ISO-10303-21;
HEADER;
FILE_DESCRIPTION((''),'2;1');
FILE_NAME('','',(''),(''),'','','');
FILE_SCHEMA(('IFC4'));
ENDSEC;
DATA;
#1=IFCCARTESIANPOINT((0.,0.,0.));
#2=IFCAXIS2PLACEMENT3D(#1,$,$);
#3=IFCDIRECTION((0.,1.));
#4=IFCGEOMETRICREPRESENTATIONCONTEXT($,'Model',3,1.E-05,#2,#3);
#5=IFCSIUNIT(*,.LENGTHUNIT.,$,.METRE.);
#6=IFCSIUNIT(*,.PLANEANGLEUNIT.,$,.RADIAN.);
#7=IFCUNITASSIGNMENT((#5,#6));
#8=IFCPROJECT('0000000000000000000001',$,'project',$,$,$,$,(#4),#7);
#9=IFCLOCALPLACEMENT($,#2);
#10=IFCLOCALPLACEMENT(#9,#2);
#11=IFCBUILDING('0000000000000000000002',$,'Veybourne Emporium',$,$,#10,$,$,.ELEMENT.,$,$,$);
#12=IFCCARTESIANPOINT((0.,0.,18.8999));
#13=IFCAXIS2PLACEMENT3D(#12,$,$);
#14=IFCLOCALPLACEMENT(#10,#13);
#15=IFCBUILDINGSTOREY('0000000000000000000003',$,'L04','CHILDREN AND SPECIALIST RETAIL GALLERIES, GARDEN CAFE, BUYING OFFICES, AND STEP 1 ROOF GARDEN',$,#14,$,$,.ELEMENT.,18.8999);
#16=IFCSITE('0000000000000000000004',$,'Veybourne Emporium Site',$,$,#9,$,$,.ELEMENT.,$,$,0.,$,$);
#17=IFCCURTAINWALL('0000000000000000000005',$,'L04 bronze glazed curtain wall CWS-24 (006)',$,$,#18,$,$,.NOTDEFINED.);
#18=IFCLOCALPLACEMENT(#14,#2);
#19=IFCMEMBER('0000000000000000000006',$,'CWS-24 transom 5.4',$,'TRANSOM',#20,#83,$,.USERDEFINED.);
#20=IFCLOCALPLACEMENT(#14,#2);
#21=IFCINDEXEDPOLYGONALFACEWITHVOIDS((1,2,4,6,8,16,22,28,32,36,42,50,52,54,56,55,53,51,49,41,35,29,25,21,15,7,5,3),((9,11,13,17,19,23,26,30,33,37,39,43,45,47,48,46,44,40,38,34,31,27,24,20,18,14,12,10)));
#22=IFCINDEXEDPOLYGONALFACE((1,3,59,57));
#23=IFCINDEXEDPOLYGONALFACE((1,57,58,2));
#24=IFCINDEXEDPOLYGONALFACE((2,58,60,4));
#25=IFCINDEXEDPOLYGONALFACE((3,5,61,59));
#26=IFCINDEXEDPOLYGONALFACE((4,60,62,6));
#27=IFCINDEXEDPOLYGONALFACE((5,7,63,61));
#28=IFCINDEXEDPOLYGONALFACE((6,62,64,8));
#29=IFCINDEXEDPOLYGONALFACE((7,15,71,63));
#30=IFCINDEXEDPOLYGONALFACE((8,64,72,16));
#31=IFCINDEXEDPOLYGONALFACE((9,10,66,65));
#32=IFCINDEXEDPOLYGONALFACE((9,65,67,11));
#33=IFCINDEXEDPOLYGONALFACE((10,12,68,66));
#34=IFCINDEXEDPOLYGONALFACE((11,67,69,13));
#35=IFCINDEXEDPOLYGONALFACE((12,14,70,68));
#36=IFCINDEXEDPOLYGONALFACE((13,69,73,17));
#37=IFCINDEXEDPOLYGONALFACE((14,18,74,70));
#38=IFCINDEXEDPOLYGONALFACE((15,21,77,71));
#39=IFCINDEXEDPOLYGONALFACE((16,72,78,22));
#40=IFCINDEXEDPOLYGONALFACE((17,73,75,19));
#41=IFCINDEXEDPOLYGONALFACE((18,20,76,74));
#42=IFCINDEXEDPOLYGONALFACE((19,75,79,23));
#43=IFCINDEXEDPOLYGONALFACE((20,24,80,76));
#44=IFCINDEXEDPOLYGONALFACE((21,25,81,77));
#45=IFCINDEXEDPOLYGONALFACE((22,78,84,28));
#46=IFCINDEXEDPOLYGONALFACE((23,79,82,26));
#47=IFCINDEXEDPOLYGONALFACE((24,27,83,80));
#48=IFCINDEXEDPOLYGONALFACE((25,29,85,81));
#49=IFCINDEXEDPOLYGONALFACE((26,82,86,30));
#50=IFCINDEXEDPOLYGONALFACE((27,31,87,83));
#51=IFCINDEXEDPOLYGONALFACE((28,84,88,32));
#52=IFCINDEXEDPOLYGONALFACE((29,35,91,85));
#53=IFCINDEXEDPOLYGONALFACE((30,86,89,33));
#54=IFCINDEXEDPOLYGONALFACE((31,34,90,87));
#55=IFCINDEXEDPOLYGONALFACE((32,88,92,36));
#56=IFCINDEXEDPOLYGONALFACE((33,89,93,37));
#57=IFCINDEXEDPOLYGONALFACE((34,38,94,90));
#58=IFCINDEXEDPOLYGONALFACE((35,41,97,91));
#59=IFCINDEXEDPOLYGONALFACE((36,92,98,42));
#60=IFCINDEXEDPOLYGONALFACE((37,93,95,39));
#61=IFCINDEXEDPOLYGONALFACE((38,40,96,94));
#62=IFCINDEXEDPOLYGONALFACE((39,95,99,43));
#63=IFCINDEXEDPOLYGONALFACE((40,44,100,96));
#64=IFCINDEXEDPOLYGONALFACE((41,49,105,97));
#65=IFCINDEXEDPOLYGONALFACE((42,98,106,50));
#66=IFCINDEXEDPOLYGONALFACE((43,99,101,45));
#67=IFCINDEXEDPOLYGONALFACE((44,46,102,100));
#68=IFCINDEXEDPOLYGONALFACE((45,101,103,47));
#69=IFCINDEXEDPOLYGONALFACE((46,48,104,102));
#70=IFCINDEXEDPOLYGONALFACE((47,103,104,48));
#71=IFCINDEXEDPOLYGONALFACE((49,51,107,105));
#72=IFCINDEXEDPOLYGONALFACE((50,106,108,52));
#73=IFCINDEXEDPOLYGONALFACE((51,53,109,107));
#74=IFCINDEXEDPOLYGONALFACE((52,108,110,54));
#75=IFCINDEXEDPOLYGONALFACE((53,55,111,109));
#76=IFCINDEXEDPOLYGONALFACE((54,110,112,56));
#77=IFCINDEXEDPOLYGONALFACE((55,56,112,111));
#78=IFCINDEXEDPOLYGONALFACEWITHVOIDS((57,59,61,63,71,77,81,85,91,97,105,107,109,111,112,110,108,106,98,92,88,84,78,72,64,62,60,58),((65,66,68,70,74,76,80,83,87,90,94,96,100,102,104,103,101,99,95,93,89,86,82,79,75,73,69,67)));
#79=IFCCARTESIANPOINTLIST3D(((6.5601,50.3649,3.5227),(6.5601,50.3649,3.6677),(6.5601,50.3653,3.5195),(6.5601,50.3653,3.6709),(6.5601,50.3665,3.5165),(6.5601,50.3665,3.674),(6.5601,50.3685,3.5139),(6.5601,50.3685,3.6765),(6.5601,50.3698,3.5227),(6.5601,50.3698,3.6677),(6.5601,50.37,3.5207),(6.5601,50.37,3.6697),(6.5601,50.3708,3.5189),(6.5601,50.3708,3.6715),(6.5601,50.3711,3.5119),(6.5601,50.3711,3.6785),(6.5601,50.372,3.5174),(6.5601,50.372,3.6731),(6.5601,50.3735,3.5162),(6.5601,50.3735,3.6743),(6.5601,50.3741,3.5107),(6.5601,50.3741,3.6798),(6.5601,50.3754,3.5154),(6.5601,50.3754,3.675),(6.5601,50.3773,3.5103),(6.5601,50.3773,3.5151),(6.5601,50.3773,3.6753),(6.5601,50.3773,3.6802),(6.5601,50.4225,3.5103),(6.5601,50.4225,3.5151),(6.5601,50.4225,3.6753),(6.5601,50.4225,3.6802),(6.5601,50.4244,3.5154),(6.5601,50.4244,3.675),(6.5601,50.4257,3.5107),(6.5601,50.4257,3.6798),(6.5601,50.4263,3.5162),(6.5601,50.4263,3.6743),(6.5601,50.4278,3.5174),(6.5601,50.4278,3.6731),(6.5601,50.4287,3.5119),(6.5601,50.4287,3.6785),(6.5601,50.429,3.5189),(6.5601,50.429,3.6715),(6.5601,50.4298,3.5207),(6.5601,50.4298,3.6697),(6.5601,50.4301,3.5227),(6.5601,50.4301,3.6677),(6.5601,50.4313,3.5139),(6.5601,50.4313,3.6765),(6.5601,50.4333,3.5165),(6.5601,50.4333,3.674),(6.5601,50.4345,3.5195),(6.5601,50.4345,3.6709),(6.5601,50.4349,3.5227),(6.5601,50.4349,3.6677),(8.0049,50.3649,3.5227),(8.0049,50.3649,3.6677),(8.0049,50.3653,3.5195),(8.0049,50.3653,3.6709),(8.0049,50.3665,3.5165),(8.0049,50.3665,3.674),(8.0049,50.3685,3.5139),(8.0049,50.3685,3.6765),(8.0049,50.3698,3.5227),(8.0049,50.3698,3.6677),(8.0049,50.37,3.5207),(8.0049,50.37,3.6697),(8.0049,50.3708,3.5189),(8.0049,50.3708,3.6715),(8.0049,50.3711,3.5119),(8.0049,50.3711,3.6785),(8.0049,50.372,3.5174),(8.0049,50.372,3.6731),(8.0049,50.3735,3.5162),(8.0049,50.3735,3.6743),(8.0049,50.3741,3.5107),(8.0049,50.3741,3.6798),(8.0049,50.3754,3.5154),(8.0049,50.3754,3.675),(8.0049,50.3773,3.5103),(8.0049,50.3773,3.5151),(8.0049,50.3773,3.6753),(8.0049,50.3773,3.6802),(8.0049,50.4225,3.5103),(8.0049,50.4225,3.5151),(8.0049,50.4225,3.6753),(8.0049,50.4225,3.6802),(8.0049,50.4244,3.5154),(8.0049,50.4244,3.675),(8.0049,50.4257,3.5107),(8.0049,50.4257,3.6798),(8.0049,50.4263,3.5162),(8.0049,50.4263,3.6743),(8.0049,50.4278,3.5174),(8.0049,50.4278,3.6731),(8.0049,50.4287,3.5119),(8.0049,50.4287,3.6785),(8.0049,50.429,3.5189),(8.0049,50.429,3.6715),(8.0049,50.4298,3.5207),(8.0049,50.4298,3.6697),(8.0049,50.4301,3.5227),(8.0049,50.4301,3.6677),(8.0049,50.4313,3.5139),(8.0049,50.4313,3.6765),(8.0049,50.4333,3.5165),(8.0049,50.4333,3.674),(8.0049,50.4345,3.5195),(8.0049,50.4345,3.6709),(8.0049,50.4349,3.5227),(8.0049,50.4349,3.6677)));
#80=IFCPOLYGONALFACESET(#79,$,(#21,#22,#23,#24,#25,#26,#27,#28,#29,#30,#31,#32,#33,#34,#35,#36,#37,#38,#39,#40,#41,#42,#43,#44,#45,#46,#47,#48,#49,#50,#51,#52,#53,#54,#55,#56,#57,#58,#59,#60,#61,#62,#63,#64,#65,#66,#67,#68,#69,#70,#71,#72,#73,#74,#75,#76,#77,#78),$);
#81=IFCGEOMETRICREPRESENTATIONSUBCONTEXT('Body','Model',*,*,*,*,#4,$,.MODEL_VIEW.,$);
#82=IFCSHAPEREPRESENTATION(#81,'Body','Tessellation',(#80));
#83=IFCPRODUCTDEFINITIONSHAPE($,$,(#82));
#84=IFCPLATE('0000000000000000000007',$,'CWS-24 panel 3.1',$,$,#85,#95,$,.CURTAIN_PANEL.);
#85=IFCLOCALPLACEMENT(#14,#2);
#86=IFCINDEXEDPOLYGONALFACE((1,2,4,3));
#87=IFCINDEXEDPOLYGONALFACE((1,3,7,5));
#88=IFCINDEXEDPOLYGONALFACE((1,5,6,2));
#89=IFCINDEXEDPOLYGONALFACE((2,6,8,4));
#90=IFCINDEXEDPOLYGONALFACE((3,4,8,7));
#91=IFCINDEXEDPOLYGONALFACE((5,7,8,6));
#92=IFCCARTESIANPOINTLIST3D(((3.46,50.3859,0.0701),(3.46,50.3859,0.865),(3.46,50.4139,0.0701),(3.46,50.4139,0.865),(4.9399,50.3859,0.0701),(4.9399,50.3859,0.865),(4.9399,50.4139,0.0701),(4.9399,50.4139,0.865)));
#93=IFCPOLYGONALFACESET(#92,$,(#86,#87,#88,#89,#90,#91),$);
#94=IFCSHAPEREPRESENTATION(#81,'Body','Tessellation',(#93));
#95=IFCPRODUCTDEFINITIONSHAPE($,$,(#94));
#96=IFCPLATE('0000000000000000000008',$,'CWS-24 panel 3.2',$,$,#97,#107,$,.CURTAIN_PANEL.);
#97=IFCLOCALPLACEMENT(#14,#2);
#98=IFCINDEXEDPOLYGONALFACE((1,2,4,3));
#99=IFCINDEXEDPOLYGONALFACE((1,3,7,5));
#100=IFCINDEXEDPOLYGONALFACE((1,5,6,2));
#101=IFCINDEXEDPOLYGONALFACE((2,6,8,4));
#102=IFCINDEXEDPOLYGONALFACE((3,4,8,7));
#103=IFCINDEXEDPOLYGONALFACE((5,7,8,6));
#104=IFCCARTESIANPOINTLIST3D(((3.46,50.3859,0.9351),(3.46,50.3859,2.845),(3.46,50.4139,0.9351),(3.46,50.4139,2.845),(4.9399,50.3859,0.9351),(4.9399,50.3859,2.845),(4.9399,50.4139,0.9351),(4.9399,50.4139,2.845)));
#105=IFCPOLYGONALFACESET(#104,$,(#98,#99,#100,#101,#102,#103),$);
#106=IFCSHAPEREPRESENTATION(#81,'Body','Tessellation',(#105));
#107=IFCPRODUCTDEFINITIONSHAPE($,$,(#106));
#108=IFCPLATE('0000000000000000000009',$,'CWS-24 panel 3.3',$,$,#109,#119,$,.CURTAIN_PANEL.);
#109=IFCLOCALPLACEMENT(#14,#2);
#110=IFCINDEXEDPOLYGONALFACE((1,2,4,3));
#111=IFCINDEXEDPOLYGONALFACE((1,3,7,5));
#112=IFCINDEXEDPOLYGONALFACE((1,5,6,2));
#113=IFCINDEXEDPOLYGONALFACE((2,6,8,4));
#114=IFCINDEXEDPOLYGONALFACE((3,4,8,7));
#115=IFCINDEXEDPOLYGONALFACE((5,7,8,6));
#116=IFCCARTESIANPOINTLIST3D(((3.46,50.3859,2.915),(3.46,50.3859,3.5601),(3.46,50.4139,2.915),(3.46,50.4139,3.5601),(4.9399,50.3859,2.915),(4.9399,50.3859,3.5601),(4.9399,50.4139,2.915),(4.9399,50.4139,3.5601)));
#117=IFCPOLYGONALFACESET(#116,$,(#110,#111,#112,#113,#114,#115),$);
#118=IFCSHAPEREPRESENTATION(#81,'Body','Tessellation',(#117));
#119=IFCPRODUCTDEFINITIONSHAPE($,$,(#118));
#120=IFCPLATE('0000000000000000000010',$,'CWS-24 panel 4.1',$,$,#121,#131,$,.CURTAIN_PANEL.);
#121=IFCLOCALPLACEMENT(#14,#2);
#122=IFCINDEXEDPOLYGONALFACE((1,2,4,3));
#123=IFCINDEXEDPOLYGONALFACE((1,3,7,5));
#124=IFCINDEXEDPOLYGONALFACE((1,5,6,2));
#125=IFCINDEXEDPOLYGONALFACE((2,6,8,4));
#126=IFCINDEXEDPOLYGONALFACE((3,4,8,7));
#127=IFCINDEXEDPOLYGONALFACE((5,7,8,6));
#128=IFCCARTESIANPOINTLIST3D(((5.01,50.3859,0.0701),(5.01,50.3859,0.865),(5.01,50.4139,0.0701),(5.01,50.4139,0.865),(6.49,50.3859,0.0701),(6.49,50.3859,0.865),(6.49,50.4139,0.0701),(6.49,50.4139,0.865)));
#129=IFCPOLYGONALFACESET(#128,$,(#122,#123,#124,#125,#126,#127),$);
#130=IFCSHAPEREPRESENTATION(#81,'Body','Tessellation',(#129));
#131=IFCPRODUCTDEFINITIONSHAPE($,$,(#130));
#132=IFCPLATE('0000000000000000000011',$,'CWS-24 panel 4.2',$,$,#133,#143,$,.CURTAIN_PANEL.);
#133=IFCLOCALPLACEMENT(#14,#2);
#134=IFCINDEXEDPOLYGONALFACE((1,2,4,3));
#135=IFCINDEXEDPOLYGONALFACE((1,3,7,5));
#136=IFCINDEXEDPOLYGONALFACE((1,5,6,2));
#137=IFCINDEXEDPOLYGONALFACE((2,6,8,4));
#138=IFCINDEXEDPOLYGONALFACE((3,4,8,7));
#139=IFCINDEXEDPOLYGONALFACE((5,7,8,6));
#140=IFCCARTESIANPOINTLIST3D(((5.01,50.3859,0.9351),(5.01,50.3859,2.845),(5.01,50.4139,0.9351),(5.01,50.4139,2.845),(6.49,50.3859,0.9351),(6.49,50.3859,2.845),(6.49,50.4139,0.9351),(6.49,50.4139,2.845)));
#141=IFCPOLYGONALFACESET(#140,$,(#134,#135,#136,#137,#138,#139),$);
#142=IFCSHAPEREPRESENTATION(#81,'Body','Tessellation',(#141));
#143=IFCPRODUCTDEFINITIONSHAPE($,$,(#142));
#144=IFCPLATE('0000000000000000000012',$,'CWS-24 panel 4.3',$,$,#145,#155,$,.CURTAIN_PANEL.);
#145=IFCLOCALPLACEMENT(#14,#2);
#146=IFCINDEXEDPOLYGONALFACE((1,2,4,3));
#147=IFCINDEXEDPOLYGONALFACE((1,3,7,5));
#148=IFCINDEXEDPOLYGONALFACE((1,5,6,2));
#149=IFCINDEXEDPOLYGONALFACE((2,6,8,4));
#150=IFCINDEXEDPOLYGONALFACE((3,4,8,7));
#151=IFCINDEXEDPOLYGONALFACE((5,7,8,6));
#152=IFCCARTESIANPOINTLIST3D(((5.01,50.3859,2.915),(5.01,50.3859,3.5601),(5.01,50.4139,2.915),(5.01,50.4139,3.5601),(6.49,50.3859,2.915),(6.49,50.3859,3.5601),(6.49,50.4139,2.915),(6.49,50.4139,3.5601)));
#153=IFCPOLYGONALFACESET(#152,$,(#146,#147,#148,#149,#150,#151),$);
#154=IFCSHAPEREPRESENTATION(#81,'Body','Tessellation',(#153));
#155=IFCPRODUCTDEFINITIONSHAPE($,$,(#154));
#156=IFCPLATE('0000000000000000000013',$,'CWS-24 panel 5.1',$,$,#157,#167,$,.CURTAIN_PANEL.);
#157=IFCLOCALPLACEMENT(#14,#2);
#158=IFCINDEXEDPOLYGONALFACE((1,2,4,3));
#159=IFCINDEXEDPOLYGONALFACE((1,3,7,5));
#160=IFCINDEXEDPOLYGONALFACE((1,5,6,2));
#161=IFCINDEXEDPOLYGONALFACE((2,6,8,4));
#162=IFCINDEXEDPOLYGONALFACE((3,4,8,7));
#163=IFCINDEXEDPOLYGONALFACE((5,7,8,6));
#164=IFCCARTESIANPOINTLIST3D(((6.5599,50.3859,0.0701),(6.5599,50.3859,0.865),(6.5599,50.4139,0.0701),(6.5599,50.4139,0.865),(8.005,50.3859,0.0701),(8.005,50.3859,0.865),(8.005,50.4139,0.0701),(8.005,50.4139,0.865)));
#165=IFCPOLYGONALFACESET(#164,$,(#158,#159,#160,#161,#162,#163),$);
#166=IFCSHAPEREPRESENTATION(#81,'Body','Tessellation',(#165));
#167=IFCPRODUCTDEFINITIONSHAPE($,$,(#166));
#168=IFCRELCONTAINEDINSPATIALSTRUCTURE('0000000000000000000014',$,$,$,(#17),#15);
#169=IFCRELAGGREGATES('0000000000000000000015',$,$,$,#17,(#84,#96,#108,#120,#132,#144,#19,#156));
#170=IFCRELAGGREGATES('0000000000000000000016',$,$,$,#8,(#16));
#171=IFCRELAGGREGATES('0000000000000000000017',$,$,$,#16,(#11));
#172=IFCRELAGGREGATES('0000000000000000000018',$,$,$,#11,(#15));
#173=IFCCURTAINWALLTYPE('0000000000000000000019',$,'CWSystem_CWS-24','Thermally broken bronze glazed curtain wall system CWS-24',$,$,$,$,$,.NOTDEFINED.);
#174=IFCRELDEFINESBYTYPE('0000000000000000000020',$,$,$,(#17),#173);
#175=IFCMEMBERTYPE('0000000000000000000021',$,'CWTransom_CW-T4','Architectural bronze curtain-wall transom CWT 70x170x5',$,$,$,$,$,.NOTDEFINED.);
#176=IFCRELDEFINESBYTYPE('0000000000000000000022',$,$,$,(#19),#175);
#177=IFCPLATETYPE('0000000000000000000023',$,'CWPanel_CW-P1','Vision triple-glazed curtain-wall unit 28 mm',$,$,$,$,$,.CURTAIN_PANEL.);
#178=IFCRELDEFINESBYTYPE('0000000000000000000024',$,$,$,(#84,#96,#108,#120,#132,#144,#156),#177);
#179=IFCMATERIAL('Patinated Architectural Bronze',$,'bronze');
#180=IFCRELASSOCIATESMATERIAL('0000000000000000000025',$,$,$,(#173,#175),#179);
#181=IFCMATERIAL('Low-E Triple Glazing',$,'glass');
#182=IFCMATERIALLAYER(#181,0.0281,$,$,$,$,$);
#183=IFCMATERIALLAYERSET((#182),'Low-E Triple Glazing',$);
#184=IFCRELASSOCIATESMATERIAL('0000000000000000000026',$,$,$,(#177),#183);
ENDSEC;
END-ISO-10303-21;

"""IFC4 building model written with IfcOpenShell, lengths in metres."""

from ifc_helpers import new_model, si_unit, direction, frame, origin, origin_2d, place, context, subcontext, project, spatial, rectangle, hollow_rectangle, extrude, material, layer, layer_set, material_profile, profile_set, type_object, element, aggregate, save


model = new_model("IFC4")

# Units and contexts
model_context = context("Model", 3, precision=1e-05, world=origin(), true_north=direction((0.0, 1.0)))
body_context = subcontext(model_context, "Body", "Model", "MODEL_VIEW")
ifc_project = project(units=[si_unit("LENGTHUNIT", "METRE"), si_unit("PLANEANGLEUNIT", "RADIAN")], contexts=[model_context])

# Site, building, storey
site_placement = place(None, origin())
site = spatial("IfcSite", under=ifc_project, at=site_placement, Name="Veybourne Emporium Site", CompositionType="ELEMENT", RefElevation=0.0)
building_placement = place(site_placement, origin())
building = spatial("IfcBuilding", under=site, at=building_placement, Name="Veybourne Emporium", CompositionType="ELEMENT")
storey_placement = place(building_placement, frame((0.0, 0.0, 18.8999)))
storey = spatial("IfcBuildingStorey", under=building, at=storey_placement, Name="L04", Description="CHILDREN AND SPECIALIST RETAIL GALLERIES, GARDEN CAFE, BUYING OFFICES, AND STEP 1 ROOF GARDEN", CompositionType="ELEMENT", Elevation=18.8999)

# Curtain wall, member, plates
ifc_material_1 = material(Name="Patinated Architectural Bronze", Category="bronze")
curtain_wall_type = type_object("IfcCurtainWallType", Name="CWSystem_CWS-24", Description="Thermally broken bronze glazed curtain wall system CWS-24", PredefinedType="NOTDEFINED", material=ifc_material_1)
curtain_wall_placement = place(storey_placement, origin())
curtain_wall = element("IfcCurtainWall", 1, at=curtain_wall_placement, inside=storey, type_object=curtain_wall_type, Name="L04 bronze glazed curtain wall CWS-24 (006)", PredefinedType="NOTDEFINED")
ifc_material_profile_1 = material_profile(ifc_material_1, hollow_rectangle(XDim=0.0701, YDim=0.1699, WallThickness=0.0049, InnerFilletRadius=0.0076, OuterFilletRadius=0.0125, at=origin_2d()), Name="CWT 70x170x5")
ifc_profile_set_1 = profile_set([ifc_material_profile_1], Name="Patinated Architectural Bronze")
member_type_1 = type_object("IfcMemberType", Name="CWTransom_CW-T4", Description="Architectural bronze curtain-wall transom CWT 70x170x5", PredefinedType="NOTDEFINED", material=ifc_profile_set_1)
member_1_placement = place(storey_placement, frame((6.5601, 50.3999, 3.5952), z_axis=(1.0, 0.0, 0.0), x_axis=(0.0, 1.0, 0.0)))
member_1 = element("IfcMember", 2, at=member_1_placement, type_object=member_type_1, Name="CWS-24 transom 5.4", ObjectType="TRANSOM", PredefinedType="USERDEFINED", context=body_context, shape_type="SweptSolid", body=[
    extrude(hollow_rectangle(XDim=0.0701, YDim=0.1699, WallThickness=0.0049, InnerFilletRadius=0.0076, OuterFilletRadius=0.0125, at=origin_2d()), origin(), (0.0, 0.0, 1.0), 1.4448),
])
ifc_material_2 = material(Name="Low-E Triple Glazing", Category="glass")
ifc_layer_1 = layer(ifc_material_2, 0.0281)
ifc_layer_set_1 = layer_set([ifc_layer_1], Name="Low-E Triple Glazing")
plate_type = type_object("IfcPlateType", Name="CWPanel_CW-P1", Description="Vision triple-glazed curtain-wall unit 28 mm", PredefinedType="CURTAIN_PANEL", material=ifc_layer_set_1)
plate_1_placement = place(storey_placement, frame((4.2, 50.3999, 0.0701), z_axis=(0.0, 0.0, 1.0), x_axis=(1.0, 0.0, 0.0)))
plate_1 = element("IfcPlate", 3, at=plate_1_placement, type_object=plate_type, Name="CWS-24 panel 3.1", PredefinedType="CURTAIN_PANEL", context=body_context, shape_type="SweptSolid", body=[
    extrude(rectangle(XDim=1.48, YDim=0.0281, at=origin_2d()), origin(), (0.0, 0.0, 1.0), 0.7949),
])
plate_2_placement = place(storey_placement, frame((4.2, 50.3999, 0.9351), z_axis=(0.0, 0.0, 1.0), x_axis=(1.0, 0.0, 0.0)))
plate_2 = element("IfcPlate", 4, at=plate_2_placement, type_object=plate_type, Name="CWS-24 panel 3.2", PredefinedType="CURTAIN_PANEL", context=body_context, shape_type="SweptSolid", body=[
    extrude(rectangle(XDim=1.48, YDim=0.0281, at=origin_2d()), origin(), (0.0, 0.0, 1.0), 1.9099),
])
plate_3_placement = place(storey_placement, frame((4.2, 50.3999, 2.915), z_axis=(0.0, 0.0, 1.0), x_axis=(1.0, 0.0, 0.0)))
plate_3 = element("IfcPlate", 5, at=plate_3_placement, type_object=plate_type, Name="CWS-24 panel 3.3", PredefinedType="CURTAIN_PANEL", context=body_context, shape_type="SweptSolid", body=[
    extrude(rectangle(XDim=1.48, YDim=0.0281, at=origin_2d()), origin(), (0.0, 0.0, 1.0), 0.645),
])
plate_4_placement = place(storey_placement, frame((5.75, 50.3999, 0.0701), z_axis=(0.0, 0.0, 1.0), x_axis=(1.0, 0.0, 0.0)))
plate_4 = element("IfcPlate", 6, at=plate_4_placement, type_object=plate_type, Name="CWS-24 panel 4.1", PredefinedType="CURTAIN_PANEL", context=body_context, shape_type="SweptSolid", body=[
    extrude(rectangle(XDim=1.48, YDim=0.0281, at=origin_2d()), origin(), (0.0, 0.0, 1.0), 0.7949),
])
plate_5_placement = place(storey_placement, frame((5.75, 50.3999, 0.9351), z_axis=(0.0, 0.0, 1.0), x_axis=(1.0, 0.0, 0.0)))
plate_5 = element("IfcPlate", 7, at=plate_5_placement, type_object=plate_type, Name="CWS-24 panel 4.2", PredefinedType="CURTAIN_PANEL", context=body_context, shape_type="SweptSolid", body=[
    extrude(rectangle(XDim=1.48, YDim=0.0281, at=origin_2d()), origin(), (0.0, 0.0, 1.0), 1.9099),
])
plate_6_placement = place(storey_placement, frame((5.75, 50.3999, 2.915), z_axis=(0.0, 0.0, 1.0), x_axis=(1.0, 0.0, 0.0)))
plate_6 = element("IfcPlate", 8, at=plate_6_placement, type_object=plate_type, Name="CWS-24 panel 4.3", PredefinedType="CURTAIN_PANEL", context=body_context, shape_type="SweptSolid", body=[
    extrude(rectangle(XDim=1.48, YDim=0.0281, at=origin_2d()), origin(), (0.0, 0.0, 1.0), 0.645),
])
plate_7_placement = place(storey_placement, frame((7.2825, 50.3999, 0.0701), z_axis=(0.0, 0.0, 1.0), x_axis=(1.0, 0.0, 0.0)))
plate_7 = element("IfcPlate", 9, at=plate_7_placement, type_object=plate_type, Name="CWS-24 panel 5.1", PredefinedType="CURTAIN_PANEL", context=body_context, shape_type="SweptSolid", body=[
    extrude(rectangle(XDim=1.4451, YDim=0.0281, at=origin_2d()), origin(), (0.0, 0.0, 1.0), 0.7949),
])
aggregate(curtain_wall, [plate_1, plate_2, plate_3, plate_4, plate_5, plate_6, member_1, plate_7])

save(model, "model.ifc")
